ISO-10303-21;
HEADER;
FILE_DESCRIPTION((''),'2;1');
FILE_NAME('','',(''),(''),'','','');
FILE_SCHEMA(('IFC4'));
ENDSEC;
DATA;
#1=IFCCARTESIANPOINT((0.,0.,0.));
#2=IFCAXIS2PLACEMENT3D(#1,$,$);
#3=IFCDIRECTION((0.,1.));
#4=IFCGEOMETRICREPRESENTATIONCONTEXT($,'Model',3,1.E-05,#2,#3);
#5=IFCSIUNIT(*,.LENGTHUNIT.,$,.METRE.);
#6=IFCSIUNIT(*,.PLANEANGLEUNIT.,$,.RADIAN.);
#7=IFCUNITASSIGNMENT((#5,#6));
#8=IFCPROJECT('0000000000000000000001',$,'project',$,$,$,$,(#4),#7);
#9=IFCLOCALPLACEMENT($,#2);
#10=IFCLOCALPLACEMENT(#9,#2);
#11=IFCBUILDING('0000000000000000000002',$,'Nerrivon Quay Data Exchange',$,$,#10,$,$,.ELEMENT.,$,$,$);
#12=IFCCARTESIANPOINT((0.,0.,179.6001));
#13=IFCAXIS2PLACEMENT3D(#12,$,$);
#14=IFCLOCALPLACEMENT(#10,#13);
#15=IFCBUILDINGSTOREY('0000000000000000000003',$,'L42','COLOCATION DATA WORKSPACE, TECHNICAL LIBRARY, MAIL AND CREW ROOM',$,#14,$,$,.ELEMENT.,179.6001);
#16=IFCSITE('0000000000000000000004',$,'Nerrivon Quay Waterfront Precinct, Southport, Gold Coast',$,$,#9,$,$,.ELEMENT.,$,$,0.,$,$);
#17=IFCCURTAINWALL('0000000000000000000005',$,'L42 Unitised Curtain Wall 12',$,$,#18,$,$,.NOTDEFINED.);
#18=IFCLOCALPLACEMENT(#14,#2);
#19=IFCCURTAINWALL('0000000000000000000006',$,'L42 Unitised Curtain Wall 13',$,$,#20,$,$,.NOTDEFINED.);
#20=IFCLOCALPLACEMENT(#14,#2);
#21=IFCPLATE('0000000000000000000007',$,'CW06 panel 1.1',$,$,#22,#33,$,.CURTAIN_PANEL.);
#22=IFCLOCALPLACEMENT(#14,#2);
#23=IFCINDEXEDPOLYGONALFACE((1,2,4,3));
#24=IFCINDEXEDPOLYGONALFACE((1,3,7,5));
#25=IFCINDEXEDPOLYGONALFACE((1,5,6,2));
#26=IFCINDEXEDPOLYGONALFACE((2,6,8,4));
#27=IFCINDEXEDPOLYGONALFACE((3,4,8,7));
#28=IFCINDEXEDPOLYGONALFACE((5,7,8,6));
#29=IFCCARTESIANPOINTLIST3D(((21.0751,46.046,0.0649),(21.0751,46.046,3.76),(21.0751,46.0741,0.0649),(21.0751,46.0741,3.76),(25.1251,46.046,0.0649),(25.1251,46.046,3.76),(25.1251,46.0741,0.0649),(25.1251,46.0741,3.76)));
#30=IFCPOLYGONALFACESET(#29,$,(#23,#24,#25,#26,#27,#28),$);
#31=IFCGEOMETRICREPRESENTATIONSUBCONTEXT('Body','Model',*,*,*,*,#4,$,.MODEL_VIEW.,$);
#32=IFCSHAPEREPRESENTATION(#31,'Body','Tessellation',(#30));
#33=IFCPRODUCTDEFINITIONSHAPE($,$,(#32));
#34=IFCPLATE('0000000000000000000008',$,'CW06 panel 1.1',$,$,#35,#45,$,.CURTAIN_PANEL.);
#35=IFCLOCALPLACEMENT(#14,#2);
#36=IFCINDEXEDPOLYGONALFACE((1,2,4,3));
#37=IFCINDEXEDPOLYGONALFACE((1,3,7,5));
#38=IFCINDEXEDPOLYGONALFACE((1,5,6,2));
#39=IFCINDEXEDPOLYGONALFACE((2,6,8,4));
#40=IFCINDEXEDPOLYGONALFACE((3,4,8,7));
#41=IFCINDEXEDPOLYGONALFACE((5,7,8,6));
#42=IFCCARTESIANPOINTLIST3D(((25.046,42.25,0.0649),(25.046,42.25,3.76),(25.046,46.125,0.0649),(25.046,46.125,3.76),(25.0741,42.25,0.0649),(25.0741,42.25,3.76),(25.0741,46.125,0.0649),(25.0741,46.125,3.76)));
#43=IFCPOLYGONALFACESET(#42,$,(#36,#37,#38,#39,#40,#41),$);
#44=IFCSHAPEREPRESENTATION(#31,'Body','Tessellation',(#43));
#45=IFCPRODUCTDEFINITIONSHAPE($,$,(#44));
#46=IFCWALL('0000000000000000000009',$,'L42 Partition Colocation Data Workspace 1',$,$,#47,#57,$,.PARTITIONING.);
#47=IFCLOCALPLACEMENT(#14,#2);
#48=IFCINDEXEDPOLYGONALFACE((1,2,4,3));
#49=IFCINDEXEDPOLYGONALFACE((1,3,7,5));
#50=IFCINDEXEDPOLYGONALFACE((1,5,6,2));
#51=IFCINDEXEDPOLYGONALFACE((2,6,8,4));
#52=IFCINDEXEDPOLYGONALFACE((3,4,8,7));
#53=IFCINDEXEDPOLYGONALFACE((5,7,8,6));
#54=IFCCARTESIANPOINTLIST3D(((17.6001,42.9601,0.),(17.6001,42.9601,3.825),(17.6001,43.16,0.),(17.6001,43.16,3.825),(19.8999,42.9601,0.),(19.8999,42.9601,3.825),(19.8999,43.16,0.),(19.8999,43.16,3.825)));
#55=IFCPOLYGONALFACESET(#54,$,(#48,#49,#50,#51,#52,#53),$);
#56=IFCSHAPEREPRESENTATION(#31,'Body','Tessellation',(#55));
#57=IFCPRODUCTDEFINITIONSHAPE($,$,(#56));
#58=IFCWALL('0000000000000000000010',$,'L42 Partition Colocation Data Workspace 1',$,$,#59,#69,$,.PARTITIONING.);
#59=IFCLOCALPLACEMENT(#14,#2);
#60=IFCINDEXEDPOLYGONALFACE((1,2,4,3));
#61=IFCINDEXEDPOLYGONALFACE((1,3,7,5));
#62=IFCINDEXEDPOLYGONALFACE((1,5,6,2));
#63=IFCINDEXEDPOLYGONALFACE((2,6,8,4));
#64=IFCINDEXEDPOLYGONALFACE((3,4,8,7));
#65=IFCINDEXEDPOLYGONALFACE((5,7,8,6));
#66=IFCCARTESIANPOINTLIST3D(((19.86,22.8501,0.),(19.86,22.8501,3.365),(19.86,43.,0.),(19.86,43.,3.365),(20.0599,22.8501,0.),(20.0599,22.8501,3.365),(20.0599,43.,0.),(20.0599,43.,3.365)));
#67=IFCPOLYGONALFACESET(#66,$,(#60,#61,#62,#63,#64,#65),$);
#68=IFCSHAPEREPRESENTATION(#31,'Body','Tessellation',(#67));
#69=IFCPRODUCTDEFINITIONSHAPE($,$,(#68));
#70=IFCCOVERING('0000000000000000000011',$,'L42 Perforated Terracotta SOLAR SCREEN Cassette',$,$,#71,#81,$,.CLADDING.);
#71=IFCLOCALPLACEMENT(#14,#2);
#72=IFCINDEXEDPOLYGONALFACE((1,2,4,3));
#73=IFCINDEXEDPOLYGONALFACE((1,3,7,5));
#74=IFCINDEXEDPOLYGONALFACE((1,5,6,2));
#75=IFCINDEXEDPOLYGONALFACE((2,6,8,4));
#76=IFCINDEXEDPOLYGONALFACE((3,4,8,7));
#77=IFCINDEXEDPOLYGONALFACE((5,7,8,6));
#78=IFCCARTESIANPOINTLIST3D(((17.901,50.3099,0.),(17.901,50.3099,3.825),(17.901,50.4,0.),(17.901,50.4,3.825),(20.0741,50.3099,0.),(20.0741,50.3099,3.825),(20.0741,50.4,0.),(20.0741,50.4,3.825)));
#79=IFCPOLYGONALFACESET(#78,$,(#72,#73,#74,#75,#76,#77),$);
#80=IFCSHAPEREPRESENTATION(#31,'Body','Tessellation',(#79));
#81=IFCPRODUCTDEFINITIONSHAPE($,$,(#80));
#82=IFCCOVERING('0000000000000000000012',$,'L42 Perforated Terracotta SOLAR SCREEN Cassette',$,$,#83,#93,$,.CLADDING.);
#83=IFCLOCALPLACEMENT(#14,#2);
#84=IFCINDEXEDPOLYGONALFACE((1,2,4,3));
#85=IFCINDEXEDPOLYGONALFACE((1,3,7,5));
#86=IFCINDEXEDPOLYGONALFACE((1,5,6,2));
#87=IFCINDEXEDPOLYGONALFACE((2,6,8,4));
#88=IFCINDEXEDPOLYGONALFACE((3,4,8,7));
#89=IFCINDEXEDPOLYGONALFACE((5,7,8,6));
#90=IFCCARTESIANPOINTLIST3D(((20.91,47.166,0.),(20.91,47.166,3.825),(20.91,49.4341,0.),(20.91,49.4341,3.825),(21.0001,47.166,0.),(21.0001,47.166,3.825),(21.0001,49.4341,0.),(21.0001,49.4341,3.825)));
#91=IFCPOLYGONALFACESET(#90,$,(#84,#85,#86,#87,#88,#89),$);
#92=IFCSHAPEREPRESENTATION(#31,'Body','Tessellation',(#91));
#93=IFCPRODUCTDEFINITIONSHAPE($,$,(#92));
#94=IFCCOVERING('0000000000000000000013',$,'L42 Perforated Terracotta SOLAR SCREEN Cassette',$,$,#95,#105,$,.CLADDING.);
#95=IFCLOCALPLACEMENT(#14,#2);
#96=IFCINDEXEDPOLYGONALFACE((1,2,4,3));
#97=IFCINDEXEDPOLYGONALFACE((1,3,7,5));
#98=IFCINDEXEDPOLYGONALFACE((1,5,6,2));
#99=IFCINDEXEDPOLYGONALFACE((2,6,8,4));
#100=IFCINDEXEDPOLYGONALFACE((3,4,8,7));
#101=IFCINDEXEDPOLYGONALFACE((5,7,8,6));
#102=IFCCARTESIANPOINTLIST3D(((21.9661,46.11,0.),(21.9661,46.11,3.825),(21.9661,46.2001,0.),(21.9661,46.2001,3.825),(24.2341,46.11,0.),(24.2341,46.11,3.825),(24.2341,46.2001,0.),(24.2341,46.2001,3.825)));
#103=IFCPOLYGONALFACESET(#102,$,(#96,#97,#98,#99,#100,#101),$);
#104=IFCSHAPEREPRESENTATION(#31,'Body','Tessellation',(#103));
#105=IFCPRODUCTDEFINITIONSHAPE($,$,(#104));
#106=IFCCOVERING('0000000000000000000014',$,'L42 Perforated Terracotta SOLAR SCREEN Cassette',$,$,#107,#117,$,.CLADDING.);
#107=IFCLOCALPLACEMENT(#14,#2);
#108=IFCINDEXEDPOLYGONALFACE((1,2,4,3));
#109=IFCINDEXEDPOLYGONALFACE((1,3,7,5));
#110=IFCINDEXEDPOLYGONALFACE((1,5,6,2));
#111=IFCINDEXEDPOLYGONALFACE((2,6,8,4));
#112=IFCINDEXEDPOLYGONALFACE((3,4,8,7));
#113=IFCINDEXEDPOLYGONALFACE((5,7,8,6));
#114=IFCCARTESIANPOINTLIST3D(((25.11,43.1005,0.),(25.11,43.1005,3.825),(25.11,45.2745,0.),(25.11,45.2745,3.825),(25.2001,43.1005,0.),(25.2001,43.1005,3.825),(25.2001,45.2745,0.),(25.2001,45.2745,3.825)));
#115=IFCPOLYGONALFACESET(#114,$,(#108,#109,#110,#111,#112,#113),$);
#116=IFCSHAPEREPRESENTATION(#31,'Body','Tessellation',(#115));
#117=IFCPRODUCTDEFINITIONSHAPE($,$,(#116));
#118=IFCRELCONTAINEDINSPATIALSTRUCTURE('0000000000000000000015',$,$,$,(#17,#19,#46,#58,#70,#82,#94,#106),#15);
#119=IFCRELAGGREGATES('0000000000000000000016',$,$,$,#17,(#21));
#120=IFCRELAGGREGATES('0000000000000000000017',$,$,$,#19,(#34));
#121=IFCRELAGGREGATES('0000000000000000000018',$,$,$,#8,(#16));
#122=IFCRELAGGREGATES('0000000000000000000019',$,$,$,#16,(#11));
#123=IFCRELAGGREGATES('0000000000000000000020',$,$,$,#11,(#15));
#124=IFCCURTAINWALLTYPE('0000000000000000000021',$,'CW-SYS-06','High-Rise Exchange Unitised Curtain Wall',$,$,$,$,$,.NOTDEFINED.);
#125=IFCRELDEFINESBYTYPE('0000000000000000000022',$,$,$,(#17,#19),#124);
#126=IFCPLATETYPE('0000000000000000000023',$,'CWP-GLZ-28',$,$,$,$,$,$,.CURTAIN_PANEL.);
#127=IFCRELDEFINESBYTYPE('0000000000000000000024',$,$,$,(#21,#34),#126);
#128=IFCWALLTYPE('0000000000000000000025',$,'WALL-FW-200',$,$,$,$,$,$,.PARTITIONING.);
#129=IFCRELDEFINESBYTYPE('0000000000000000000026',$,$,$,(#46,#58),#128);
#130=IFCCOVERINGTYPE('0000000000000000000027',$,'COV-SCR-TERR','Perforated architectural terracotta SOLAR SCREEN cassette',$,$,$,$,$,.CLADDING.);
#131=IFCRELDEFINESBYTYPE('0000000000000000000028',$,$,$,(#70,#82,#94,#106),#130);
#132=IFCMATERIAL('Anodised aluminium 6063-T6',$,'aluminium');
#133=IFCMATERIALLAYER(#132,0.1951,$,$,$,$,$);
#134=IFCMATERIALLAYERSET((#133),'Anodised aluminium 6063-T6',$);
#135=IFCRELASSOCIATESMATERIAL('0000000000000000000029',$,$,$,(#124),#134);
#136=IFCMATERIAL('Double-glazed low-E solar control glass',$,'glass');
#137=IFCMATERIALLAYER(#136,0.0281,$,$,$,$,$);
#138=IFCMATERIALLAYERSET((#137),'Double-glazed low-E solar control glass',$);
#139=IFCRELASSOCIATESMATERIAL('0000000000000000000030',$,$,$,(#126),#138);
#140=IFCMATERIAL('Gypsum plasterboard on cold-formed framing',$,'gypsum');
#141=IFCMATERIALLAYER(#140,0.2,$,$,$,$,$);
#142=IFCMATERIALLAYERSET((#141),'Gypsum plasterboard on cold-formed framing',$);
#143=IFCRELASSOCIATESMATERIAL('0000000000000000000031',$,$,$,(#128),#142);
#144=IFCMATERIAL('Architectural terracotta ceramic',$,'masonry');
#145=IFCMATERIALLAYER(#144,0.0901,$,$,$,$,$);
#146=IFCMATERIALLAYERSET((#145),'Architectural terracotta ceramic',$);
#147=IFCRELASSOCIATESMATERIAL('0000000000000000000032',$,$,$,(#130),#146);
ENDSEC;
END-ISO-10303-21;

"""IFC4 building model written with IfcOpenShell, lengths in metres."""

from ifc_helpers import new_model, si_unit, direction, frame, frame_2d, origin, origin_2d, place, context, subcontext, project, spatial, rectangle, extrude, material, layer, layer_set, type_object, element, aggregate, save


model = new_model("IFC4")

# Units and contexts
model_context = context("Model", 3, precision=1e-05, world=origin(), true_north=direction((0.0, 1.0)))
body_context = subcontext(model_context, "Body", "Model", "MODEL_VIEW")
ifc_project = project(units=[si_unit("LENGTHUNIT", "METRE"), si_unit("PLANEANGLEUNIT", "RADIAN")], contexts=[model_context])

# Site, building, storey
site_placement = place(None, origin())
site = spatial("IfcSite", under=ifc_project, at=site_placement, Name="Nerrivon Quay Waterfront Precinct, Southport, Gold Coast", CompositionType="ELEMENT", RefElevation=0.0)
building_placement = place(site_placement, origin())
building = spatial("IfcBuilding", under=site, at=building_placement, Name="Nerrivon Quay Data Exchange", CompositionType="ELEMENT")
storey_placement = place(building_placement, frame((0.0, 0.0, 179.6001)))
storey = spatial("IfcBuildingStorey", under=building, at=storey_placement, Name="L42", Description="COLOCATION DATA WORKSPACE, TECHNICAL LIBRARY, MAIL AND CREW ROOM", CompositionType="ELEMENT", Elevation=179.6001)

# Shared definitions
ifc_material_1 = material(Name="Anodised aluminium 6063-T6", Category="aluminium")
ifc_layer_1 = layer(ifc_material_1, 0.1951)
ifc_layer_set_1 = layer_set([ifc_layer_1], Name="Anodised aluminium 6063-T6")
curtain_wall_type = type_object("IfcCurtainWallType", Name="CW-SYS-06", Description="High-Rise Exchange Unitised Curtain Wall", PredefinedType="NOTDEFINED", material=ifc_layer_set_1)

# Curtain wall
curtain_wall_1_placement = place(storey_placement, origin())
curtain_wall_1 = element("IfcCurtainWall", 1, at=curtain_wall_1_placement, inside=storey, type_object=curtain_wall_type, Name="L42 Unitised Curtain Wall 12", PredefinedType="NOTDEFINED")

# Curtain wall
curtain_wall_2_placement = place(storey_placement, origin())
curtain_wall_2 = element("IfcCurtainWall", 2, at=curtain_wall_2_placement, inside=storey, type_object=curtain_wall_type, Name="L42 Unitised Curtain Wall 13", PredefinedType="NOTDEFINED")

# Plates
ifc_material_2 = material(Name="Double-glazed low-E solar control glass", Category="glass")
ifc_layer_2 = layer(ifc_material_2, 0.0281)
ifc_layer_set_2 = layer_set([ifc_layer_2], Name="Double-glazed low-E solar control glass")
plate_type = type_object("IfcPlateType", Name="CWP-GLZ-28", PredefinedType="CURTAIN_PANEL", material=ifc_layer_set_2)
plate_1_placement = place(storey_placement, frame((23.1001, 46.0601, 0.0649), z_axis=(0.0, 0.0, 1.0), x_axis=(1.0, 0.0, 0.0)))
plate_1 = element("IfcPlate", 3, at=plate_1_placement, type_object=plate_type, Name="CW06 panel 1.1", PredefinedType="CURTAIN_PANEL", context=body_context, shape_type="SweptSolid", body=[
    extrude(rectangle(XDim=4.05, YDim=0.0281, at=origin_2d()), origin(), (0.0, 0.0, 1.0), 3.6951),
])
aggregate(curtain_wall_1, [plate_1])
plate_2_placement = place(storey_placement, frame((25.0601, 44.1875, 0.0649), z_axis=(0.0, 0.0, 1.0), x_axis=(0.0, -1.0, 0.0)))
plate_2 = element("IfcPlate", 4, at=plate_2_placement, type_object=plate_type, Name="CW06 panel 1.1", PredefinedType="CURTAIN_PANEL", context=body_context, shape_type="SweptSolid", body=[
    extrude(rectangle(XDim=3.875, YDim=0.0281, at=origin_2d()), origin(), (0.0, 0.0, 1.0), 3.6951),
])
aggregate(curtain_wall_2, [plate_2])

# Walls
ifc_material_3 = material(Name="Gypsum plasterboard on cold-formed framing", Category="gypsum")
ifc_layer_3 = layer(ifc_material_3, 0.2)
ifc_layer_set_3 = layer_set([ifc_layer_3], Name="Gypsum plasterboard on cold-formed framing")
wall_type = type_object("IfcWallType", Name="WALL-FW-200", PredefinedType="PARTITIONING", material=ifc_layer_set_3)
wall_1_placement = place(storey_placement, frame((17.6001, 43.0601, 0.0), z_axis=(0.0, 0.0, 1.0), x_axis=(1.0, 0.0, 0.0)))
element("IfcWall", 5, at=wall_1_placement, inside=storey, type_object=wall_type, Name="L42 Partition Colocation Data Workspace 1", PredefinedType="PARTITIONING", context=body_context, shape_type="SweptSolid", body=[
    extrude(rectangle(XDim=2.2998, YDim=0.2, at=frame_2d((1.1499, 0.0))), origin(), (0.0, 0.0, 1.0), 3.825),
])
wall_2_placement = place(storey_placement, frame((19.96, 43.0, 0.0), z_axis=(0.0, 0.0, 1.0), x_axis=(0.0, -1.0, 0.0)))
element("IfcWall", 6, at=wall_2_placement, inside=storey, type_object=wall_type, Name="L42 Partition Colocation Data Workspace 1", PredefinedType="PARTITIONING", context=body_context, shape_type="SweptSolid", body=[
    extrude(rectangle(XDim=20.1499, YDim=0.2, at=frame_2d((10.075, 0.0))), origin(), (0.0, 0.0, 1.0), 3.365),
])

# Coverings
ifc_material_4 = material(Name="Architectural terracotta ceramic", Category="masonry")
ifc_layer_4 = layer(ifc_material_4, 0.0901)
ifc_layer_set_4 = layer_set([ifc_layer_4], Name="Architectural terracotta ceramic")
covering_type = type_object("IfcCoveringType", Name="COV-SCR-TERR", Description="Perforated architectural terracotta SOLAR SCREEN cassette", PredefinedType="CLADDING", material=ifc_layer_set_4)
covering_1_placement = place(storey_placement, frame((18.9875, 50.355, 0.0), z_axis=(0.0, 0.0, 1.0), x_axis=(1.0, 0.0, 0.0)))
element("IfcCovering", 7, at=covering_1_placement, inside=storey, type_object=covering_type, Name="L42 Perforated Terracotta SOLAR SCREEN Cassette", PredefinedType="CLADDING", context=body_context, shape_type="SweptSolid", body=[
    extrude(rectangle(XDim=2.1731, YDim=0.0901, at=origin_2d()), origin(), (0.0, 0.0, 1.0), 3.825),
])
for number, where, z_axis, x_axis, name in (
    (8, (20.9551, 48.3, 0.0), (0.0, 0.0, 1.0), (0.0, -1.0, 0.0), "L42 Perforated Terracotta SOLAR SCREEN Cassette"),
    (9, (23.1001, 46.155, 0.0), (0.0, 0.0, 1.0), (1.0, 0.0, 0.0), "L42 Perforated Terracotta SOLAR SCREEN Cassette"),
):
    element("IfcCovering", number, at=place(storey_placement, frame(where, z_axis=z_axis, x_axis=x_axis)), inside=storey, type_object=covering_type, Name=name, PredefinedType="CLADDING", context=body_context, shape_type="SweptSolid", body=[
        extrude(rectangle(XDim=2.2681, YDim=0.0901, at=origin_2d()), origin(), (0.0, 0.0, 1.0), 3.825),
    ])
covering_2_placement = place(storey_placement, frame((25.155, 44.1875, 0.0), z_axis=(0.0, 0.0, 1.0), x_axis=(0.0, -1.0, 0.0)))
element("IfcCovering", 10, at=covering_2_placement, inside=storey, type_object=covering_type, Name="L42 Perforated Terracotta SOLAR SCREEN Cassette", PredefinedType="CLADDING", context=body_context, shape_type="SweptSolid", body=[
    extrude(rectangle(XDim=2.1741, YDim=0.0901, at=origin_2d()), origin(), (0.0, 0.0, 1.0), 3.825),
])

save(model, "model.ifc")
